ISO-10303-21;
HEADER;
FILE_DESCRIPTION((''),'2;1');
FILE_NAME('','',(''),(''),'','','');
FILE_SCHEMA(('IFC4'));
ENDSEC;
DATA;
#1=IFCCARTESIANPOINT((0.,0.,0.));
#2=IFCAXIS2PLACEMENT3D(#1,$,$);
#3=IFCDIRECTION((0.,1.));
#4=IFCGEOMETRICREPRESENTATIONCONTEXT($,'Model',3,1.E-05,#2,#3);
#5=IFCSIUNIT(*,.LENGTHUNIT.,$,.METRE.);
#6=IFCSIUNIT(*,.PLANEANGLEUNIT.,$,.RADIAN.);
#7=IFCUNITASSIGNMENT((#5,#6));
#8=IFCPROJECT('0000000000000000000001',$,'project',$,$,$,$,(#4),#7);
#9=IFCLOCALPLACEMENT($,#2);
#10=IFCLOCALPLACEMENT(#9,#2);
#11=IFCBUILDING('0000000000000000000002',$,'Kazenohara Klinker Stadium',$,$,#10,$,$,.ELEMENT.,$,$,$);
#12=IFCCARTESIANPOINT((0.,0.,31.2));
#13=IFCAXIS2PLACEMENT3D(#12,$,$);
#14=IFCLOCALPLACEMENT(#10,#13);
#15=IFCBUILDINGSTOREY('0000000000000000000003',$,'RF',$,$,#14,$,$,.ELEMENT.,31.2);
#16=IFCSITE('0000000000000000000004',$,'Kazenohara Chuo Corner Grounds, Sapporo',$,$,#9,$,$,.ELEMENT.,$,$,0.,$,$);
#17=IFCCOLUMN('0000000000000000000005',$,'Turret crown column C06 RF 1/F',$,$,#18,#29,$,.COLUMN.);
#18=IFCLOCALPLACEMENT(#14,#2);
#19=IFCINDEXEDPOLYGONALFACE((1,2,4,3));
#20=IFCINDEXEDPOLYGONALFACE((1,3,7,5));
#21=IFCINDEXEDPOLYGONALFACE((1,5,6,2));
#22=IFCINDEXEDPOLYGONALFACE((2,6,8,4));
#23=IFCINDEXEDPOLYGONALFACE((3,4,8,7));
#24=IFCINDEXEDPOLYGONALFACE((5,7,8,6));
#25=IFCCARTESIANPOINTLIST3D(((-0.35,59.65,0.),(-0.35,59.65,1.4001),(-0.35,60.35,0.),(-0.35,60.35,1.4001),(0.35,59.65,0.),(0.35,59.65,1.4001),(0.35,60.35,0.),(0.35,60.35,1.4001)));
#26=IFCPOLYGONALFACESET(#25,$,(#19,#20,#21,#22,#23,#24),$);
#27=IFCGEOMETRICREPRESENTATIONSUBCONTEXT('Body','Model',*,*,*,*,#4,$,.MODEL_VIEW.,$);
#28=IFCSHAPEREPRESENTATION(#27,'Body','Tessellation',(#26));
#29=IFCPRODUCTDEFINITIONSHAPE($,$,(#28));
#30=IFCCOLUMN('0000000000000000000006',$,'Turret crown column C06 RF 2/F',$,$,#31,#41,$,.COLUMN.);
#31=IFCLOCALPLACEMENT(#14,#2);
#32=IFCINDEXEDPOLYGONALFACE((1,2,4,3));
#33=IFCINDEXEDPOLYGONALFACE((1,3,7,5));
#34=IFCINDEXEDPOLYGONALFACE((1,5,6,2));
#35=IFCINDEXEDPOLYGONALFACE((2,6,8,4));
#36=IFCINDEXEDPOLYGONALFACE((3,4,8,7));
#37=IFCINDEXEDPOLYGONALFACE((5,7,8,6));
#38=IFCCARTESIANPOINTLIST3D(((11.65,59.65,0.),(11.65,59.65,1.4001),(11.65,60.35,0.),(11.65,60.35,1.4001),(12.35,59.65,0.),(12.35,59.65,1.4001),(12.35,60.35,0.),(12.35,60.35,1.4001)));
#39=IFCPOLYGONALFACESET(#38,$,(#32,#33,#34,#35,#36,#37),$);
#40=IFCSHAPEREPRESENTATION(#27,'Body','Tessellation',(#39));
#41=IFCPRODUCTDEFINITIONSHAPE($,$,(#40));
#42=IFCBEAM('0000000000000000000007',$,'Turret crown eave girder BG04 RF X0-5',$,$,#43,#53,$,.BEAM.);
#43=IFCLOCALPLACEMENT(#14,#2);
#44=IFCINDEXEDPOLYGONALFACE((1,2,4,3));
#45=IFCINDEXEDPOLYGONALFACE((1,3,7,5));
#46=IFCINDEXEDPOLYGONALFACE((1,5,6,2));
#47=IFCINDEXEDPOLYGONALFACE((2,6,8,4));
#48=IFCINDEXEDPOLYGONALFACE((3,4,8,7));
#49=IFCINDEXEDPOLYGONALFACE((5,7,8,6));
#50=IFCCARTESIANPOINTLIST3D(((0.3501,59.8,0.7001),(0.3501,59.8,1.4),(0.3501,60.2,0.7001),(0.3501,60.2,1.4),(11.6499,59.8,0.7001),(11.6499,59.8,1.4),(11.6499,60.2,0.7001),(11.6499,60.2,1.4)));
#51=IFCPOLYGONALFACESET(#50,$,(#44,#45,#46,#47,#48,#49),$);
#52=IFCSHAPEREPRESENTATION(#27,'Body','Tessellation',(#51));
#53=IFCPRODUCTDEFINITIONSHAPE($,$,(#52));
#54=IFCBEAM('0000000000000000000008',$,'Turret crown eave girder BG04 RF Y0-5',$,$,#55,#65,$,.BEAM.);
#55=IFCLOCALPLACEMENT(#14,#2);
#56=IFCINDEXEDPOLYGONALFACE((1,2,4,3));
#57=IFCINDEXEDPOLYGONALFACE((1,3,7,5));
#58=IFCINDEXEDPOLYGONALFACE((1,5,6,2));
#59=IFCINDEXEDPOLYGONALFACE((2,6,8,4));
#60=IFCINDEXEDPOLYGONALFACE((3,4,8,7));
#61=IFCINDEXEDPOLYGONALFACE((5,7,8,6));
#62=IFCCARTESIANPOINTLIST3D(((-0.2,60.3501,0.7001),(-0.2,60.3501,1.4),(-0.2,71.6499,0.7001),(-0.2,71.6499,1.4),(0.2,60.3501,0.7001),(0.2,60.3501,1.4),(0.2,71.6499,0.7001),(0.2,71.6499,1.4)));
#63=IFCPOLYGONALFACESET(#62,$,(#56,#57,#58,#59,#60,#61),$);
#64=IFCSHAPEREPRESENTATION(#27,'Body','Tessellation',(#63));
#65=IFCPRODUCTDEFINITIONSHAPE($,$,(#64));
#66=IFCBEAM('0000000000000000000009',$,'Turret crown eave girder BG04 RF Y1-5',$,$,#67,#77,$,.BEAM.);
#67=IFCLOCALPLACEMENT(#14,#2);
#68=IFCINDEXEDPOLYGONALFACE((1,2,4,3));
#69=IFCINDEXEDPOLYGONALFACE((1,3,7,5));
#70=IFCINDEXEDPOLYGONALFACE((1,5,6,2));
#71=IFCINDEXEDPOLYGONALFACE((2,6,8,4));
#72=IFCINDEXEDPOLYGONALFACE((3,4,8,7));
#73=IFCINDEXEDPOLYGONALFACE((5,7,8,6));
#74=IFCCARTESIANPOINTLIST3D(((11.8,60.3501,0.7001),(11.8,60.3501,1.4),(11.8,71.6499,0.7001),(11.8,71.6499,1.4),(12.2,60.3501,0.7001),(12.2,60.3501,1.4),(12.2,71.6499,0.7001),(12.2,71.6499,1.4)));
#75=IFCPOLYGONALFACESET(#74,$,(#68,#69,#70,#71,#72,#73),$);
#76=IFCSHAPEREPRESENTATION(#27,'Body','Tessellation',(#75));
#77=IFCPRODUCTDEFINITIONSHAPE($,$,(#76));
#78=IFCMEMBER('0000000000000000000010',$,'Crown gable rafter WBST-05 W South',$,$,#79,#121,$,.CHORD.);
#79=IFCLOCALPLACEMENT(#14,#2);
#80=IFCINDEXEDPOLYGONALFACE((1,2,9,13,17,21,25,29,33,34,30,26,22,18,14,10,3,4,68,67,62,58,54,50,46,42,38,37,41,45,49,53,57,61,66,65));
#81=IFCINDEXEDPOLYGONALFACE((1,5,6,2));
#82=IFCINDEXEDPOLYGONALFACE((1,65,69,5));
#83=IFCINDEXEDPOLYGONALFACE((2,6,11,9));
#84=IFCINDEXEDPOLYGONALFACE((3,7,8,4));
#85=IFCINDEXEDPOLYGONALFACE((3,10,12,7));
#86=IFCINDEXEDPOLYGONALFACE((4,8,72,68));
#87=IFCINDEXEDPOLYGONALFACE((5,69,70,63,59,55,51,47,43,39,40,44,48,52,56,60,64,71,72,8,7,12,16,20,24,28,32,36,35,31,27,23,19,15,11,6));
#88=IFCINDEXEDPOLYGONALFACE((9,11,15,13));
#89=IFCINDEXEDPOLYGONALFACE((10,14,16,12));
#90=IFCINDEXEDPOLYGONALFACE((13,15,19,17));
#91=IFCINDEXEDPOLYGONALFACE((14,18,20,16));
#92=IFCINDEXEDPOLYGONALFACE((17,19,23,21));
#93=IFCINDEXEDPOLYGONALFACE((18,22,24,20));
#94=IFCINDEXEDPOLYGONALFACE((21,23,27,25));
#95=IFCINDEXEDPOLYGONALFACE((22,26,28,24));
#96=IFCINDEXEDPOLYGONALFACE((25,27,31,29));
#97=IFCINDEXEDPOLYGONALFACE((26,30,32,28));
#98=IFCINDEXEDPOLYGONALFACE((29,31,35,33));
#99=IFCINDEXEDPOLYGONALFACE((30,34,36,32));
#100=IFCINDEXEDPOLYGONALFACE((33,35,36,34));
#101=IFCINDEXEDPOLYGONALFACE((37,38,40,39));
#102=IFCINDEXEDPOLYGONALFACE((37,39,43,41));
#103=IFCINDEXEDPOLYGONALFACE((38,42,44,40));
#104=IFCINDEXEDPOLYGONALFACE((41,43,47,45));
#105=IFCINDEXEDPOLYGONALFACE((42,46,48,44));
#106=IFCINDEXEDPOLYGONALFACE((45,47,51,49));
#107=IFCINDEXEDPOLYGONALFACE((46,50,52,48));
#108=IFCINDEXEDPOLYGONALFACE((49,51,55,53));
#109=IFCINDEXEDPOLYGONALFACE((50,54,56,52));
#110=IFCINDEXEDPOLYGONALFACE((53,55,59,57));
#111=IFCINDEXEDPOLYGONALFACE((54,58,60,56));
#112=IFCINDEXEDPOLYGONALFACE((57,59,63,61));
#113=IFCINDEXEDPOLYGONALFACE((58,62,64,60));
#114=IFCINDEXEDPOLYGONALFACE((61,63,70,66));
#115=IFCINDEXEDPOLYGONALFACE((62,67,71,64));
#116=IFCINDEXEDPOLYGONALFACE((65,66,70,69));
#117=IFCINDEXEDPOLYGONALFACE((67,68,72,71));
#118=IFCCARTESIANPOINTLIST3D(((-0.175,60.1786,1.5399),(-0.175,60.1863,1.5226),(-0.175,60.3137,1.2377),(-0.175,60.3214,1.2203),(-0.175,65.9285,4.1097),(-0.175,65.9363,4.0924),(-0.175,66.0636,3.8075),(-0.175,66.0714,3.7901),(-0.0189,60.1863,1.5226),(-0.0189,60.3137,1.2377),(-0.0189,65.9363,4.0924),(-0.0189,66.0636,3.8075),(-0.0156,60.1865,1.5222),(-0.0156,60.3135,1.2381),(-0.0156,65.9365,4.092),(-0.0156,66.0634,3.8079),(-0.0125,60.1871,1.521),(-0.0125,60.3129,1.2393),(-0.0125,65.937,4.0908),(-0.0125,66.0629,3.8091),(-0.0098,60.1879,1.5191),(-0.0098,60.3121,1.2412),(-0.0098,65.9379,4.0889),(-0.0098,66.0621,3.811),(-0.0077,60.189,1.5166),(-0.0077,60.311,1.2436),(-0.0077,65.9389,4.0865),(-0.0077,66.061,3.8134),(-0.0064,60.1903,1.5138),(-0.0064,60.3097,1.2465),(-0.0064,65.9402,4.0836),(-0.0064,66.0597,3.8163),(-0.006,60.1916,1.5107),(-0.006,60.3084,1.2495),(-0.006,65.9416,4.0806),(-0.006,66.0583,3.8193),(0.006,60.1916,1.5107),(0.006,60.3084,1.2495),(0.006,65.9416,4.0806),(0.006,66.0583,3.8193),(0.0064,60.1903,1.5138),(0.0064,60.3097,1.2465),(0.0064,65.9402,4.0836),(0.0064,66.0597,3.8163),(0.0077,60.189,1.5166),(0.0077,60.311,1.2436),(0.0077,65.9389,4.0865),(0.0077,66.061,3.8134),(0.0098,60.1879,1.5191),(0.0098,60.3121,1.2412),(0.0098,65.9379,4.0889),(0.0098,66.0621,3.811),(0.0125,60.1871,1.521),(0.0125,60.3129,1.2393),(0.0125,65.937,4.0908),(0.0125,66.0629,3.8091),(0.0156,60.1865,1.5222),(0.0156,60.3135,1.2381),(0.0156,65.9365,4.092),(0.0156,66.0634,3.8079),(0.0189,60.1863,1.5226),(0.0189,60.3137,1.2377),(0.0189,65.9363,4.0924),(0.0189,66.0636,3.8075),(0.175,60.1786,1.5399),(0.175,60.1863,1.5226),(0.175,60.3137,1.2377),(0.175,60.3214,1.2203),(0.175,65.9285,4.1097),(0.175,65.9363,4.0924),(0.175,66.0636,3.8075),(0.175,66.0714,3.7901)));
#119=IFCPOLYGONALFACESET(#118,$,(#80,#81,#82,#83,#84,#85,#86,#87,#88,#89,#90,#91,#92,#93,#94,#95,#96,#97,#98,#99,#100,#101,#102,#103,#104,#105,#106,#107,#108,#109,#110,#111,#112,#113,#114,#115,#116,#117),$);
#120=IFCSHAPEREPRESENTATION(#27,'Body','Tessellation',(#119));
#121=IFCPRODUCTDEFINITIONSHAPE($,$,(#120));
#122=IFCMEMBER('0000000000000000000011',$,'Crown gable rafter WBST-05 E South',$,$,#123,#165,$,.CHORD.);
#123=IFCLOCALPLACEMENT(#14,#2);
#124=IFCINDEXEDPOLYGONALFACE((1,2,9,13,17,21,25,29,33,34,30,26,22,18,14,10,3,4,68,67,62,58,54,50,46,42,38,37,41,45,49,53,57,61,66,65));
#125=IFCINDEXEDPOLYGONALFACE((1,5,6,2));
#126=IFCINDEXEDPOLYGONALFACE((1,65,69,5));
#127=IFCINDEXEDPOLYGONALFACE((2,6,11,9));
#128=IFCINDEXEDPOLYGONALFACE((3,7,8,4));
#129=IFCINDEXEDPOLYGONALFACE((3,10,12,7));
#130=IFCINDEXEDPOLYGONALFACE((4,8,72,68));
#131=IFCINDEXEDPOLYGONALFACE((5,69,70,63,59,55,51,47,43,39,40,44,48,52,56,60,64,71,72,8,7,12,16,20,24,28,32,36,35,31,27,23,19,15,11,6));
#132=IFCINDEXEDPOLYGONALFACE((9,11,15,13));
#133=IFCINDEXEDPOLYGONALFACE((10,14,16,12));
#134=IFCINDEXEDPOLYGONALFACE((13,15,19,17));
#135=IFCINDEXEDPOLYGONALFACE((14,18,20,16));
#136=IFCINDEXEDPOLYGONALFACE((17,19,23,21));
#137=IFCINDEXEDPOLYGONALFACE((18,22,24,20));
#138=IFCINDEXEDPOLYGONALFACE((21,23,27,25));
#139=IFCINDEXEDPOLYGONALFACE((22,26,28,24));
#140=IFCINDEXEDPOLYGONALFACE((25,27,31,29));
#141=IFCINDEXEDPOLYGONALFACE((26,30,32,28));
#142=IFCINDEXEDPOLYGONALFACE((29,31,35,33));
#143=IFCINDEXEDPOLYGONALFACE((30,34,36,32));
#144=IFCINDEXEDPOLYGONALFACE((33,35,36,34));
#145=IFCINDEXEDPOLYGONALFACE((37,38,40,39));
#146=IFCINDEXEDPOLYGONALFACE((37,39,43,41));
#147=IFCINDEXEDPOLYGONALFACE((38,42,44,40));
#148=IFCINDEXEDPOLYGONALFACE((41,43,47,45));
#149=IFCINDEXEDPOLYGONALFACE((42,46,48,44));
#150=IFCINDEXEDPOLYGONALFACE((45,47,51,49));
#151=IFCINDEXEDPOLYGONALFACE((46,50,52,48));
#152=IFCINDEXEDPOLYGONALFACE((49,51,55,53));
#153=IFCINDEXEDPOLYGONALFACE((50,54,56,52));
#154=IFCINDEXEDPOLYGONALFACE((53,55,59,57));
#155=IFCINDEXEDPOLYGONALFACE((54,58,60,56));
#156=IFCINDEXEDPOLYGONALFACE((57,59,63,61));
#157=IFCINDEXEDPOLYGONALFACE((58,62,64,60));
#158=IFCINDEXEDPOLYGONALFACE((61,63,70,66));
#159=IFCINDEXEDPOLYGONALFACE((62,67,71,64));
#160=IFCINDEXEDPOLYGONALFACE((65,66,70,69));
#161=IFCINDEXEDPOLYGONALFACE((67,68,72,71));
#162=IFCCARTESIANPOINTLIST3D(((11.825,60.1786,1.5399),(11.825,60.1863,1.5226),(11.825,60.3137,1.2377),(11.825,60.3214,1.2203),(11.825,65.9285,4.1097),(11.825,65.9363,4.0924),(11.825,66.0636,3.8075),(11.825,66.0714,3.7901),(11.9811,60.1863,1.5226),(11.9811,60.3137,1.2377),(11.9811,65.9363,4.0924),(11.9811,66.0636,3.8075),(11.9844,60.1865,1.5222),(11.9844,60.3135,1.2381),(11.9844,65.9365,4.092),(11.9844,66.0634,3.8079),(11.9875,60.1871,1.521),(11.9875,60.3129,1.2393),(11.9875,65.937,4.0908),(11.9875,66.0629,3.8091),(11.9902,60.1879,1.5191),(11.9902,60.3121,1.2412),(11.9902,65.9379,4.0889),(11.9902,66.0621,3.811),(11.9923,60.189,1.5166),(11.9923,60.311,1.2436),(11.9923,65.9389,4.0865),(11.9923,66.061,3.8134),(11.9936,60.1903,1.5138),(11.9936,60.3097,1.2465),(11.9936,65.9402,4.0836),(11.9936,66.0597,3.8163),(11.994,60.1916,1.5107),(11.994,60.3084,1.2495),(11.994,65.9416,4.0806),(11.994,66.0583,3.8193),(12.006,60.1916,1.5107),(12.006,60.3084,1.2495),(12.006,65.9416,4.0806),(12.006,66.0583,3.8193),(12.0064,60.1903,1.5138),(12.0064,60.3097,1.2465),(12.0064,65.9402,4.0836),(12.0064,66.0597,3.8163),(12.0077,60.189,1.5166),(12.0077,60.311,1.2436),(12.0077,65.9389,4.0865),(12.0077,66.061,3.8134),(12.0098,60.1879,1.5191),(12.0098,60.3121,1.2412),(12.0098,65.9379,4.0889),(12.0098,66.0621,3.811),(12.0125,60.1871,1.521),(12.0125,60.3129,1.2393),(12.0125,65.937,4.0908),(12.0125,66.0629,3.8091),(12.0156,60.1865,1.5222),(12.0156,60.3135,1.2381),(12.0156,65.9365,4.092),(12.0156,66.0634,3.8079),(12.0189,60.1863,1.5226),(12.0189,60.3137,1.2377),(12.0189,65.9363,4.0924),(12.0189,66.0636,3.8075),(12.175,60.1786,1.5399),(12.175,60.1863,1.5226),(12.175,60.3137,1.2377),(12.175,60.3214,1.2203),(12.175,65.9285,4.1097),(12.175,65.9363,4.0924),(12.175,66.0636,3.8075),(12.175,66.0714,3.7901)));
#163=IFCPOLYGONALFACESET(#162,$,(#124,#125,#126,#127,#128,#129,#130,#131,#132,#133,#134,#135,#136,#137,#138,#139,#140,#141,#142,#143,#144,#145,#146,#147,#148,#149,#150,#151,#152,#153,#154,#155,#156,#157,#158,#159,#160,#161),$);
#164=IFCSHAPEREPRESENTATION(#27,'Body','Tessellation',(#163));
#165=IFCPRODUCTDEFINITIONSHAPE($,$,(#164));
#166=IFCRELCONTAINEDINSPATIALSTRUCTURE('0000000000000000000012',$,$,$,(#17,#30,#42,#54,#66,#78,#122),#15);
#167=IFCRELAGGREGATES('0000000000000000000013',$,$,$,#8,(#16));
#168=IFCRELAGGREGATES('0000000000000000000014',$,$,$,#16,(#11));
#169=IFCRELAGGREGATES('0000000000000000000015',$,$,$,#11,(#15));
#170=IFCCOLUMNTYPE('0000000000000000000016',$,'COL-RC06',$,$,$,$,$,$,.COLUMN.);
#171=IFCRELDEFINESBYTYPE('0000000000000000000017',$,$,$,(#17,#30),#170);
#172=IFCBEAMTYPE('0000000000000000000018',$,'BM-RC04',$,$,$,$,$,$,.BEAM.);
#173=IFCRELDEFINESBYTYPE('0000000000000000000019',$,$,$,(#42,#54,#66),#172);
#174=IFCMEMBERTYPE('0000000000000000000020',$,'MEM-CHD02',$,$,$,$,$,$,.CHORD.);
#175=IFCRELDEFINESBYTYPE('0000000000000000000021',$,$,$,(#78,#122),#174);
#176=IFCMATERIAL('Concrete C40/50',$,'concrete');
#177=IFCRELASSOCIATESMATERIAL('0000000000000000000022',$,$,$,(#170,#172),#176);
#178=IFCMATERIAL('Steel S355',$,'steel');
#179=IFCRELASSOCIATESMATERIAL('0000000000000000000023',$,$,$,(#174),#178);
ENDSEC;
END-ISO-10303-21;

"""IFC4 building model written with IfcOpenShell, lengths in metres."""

from ifc_helpers import new_model, si_unit, direction, frame, origin, origin_2d, place, context, subcontext, project, spatial, rectangle, i_section, extrude, material, material_profile, profile_set, type_object, element, save


model = new_model("IFC4")

# Units and contexts
model_context = context("Model", 3, precision=1e-05, world=origin(), true_north=direction((0.0, 1.0)))
body_context = subcontext(model_context, "Body", "Model", "MODEL_VIEW")
ifc_project = project(units=[si_unit("LENGTHUNIT", "METRE"), si_unit("PLANEANGLEUNIT", "RADIAN")], contexts=[model_context])

# Site, building, storey
site_placement = place(None, origin())
site = spatial("IfcSite", under=ifc_project, at=site_placement, Name="Kazenohara Chuo Corner Grounds, Sapporo", CompositionType="ELEMENT", RefElevation=0.0)
building_placement = place(site_placement, origin())
building = spatial("IfcBuilding", under=site, at=building_placement, Name="Kazenohara Klinker Stadium", CompositionType="ELEMENT")
storey_placement = place(building_placement, frame((0.0, 0.0, 31.2)))
storey = spatial("IfcBuildingStorey", under=building, at=storey_placement, Name="RF", CompositionType="ELEMENT", Elevation=31.2)

# Columns
ifc_material_1 = material(Name="Concrete C40/50", Category="concrete")
ifc_material_profile_1 = material_profile(ifc_material_1, rectangle(XDim=0.7, YDim=0.7, at=origin_2d()), Name="RC-COL-700x700")
ifc_profile_set_1 = profile_set([ifc_material_profile_1], Name="Concrete C40/50")
column_type = type_object("IfcColumnType", Name="COL-RC06", PredefinedType="COLUMN", material=ifc_profile_set_1)
for number, where, z_axis, x_axis, name in (
    (1, (0.0, 60.0, 0.0), (0.0, 0.0, 1.0), (1.0, 0.0, 0.0), "Turret crown column C06 RF 1/F"),
    (2, (12.0, 60.0, 0.0), (0.0, 0.0, 1.0), (1.0, 0.0, 0.0), "Turret crown column C06 RF 2/F"),
):
    element("IfcColumn", number, at=place(storey_placement, frame(where, z_axis=z_axis, x_axis=x_axis)), inside=storey, type_object=column_type, Name=name, PredefinedType="COLUMN", context=body_context, shape_type="SweptSolid", body=[
        extrude(rectangle(XDim=0.7, YDim=0.7, at=origin_2d()), origin(), (0.0, 0.0, 1.0), 1.4001),
    ])

# Beams
ifc_material_profile_2 = material_profile(ifc_material_1, rectangle(XDim=0.3999, YDim=0.7, at=origin_2d()), Name="RC-BM-400x700")
ifc_profile_set_2 = profile_set([ifc_material_profile_2], Name="Concrete C40/50")
beam_type = type_object("IfcBeamType", Name="BM-RC04", PredefinedType="BEAM", material=ifc_profile_set_2)
for number, where, z_axis, x_axis, name in (
    (3, (0.3501, 60.0, 1.05), (1.0, 0.0, 0.0), (0.0, 1.0, 0.0), "Turret crown eave girder BG04 RF X0-5"),
    (4, (0.0, 60.3501, 1.05), (0.0, 1.0, 0.0), (-1.0, 0.0, 0.0), "Turret crown eave girder BG04 RF Y0-5"),
    (5, (12.0, 60.3501, 1.05), (0.0, 1.0, 0.0), (-1.0, 0.0, 0.0), "Turret crown eave girder BG04 RF Y1-5"),
):
    element("IfcBeam", number, at=place(storey_placement, frame(where, z_axis=z_axis, x_axis=x_axis)), inside=storey, type_object=beam_type, Name=name, PredefinedType="BEAM", context=body_context, shape_type="SweptSolid", body=[
        extrude(rectangle(XDim=0.3999, YDim=0.7, at=origin_2d()), origin(), (0.0, 0.0, 1.0), 11.2998),
    ])

# Members
ifc_material_2 = material(Name="Steel S355", Category="steel")
ifc_material_profile_3 = material_profile(ifc_material_2, i_section(OverallWidth=0.3501, OverallDepth=0.3501, WebThickness=0.012, FlangeThickness=0.019, FilletRadius=0.0129, at=origin_2d()), Name="H-350x350x12x19")
ifc_profile_set_3 = profile_set([ifc_material_profile_3], Name="Steel S355")
member_type_1 = type_object("IfcMemberType", Name="MEM-CHD02", PredefinedType="CHORD", material=ifc_profile_set_3)
for number, where, z_axis, x_axis, name in (
    (6, (0.0, 60.25, 1.3801), (0.0, 0.912969, 0.408029), (-1.0, 0.0, 0.0), "Crown gable rafter WBST-05 W South"),
    (7, (12.0, 60.25, 1.3801), (0.0, 0.912969, 0.408029), (-1.0, 0.0, 0.0), "Crown gable rafter WBST-05 E South"),
):
    element("IfcMember", number, at=place(storey_placement, frame(where, z_axis=z_axis, x_axis=x_axis)), inside=storey, type_object=member_type_1, Name=name, PredefinedType="CHORD", context=body_context, shape_type="SweptSolid", body=[
        extrude(i_section(OverallWidth=0.3501, OverallDepth=0.3501, WebThickness=0.012, FlangeThickness=0.019, FilletRadius=0.0129, at=origin_2d()), origin(), (0.0, 0.0, 1.0), 6.2981),
    ])

save(model, "model.ifc")
